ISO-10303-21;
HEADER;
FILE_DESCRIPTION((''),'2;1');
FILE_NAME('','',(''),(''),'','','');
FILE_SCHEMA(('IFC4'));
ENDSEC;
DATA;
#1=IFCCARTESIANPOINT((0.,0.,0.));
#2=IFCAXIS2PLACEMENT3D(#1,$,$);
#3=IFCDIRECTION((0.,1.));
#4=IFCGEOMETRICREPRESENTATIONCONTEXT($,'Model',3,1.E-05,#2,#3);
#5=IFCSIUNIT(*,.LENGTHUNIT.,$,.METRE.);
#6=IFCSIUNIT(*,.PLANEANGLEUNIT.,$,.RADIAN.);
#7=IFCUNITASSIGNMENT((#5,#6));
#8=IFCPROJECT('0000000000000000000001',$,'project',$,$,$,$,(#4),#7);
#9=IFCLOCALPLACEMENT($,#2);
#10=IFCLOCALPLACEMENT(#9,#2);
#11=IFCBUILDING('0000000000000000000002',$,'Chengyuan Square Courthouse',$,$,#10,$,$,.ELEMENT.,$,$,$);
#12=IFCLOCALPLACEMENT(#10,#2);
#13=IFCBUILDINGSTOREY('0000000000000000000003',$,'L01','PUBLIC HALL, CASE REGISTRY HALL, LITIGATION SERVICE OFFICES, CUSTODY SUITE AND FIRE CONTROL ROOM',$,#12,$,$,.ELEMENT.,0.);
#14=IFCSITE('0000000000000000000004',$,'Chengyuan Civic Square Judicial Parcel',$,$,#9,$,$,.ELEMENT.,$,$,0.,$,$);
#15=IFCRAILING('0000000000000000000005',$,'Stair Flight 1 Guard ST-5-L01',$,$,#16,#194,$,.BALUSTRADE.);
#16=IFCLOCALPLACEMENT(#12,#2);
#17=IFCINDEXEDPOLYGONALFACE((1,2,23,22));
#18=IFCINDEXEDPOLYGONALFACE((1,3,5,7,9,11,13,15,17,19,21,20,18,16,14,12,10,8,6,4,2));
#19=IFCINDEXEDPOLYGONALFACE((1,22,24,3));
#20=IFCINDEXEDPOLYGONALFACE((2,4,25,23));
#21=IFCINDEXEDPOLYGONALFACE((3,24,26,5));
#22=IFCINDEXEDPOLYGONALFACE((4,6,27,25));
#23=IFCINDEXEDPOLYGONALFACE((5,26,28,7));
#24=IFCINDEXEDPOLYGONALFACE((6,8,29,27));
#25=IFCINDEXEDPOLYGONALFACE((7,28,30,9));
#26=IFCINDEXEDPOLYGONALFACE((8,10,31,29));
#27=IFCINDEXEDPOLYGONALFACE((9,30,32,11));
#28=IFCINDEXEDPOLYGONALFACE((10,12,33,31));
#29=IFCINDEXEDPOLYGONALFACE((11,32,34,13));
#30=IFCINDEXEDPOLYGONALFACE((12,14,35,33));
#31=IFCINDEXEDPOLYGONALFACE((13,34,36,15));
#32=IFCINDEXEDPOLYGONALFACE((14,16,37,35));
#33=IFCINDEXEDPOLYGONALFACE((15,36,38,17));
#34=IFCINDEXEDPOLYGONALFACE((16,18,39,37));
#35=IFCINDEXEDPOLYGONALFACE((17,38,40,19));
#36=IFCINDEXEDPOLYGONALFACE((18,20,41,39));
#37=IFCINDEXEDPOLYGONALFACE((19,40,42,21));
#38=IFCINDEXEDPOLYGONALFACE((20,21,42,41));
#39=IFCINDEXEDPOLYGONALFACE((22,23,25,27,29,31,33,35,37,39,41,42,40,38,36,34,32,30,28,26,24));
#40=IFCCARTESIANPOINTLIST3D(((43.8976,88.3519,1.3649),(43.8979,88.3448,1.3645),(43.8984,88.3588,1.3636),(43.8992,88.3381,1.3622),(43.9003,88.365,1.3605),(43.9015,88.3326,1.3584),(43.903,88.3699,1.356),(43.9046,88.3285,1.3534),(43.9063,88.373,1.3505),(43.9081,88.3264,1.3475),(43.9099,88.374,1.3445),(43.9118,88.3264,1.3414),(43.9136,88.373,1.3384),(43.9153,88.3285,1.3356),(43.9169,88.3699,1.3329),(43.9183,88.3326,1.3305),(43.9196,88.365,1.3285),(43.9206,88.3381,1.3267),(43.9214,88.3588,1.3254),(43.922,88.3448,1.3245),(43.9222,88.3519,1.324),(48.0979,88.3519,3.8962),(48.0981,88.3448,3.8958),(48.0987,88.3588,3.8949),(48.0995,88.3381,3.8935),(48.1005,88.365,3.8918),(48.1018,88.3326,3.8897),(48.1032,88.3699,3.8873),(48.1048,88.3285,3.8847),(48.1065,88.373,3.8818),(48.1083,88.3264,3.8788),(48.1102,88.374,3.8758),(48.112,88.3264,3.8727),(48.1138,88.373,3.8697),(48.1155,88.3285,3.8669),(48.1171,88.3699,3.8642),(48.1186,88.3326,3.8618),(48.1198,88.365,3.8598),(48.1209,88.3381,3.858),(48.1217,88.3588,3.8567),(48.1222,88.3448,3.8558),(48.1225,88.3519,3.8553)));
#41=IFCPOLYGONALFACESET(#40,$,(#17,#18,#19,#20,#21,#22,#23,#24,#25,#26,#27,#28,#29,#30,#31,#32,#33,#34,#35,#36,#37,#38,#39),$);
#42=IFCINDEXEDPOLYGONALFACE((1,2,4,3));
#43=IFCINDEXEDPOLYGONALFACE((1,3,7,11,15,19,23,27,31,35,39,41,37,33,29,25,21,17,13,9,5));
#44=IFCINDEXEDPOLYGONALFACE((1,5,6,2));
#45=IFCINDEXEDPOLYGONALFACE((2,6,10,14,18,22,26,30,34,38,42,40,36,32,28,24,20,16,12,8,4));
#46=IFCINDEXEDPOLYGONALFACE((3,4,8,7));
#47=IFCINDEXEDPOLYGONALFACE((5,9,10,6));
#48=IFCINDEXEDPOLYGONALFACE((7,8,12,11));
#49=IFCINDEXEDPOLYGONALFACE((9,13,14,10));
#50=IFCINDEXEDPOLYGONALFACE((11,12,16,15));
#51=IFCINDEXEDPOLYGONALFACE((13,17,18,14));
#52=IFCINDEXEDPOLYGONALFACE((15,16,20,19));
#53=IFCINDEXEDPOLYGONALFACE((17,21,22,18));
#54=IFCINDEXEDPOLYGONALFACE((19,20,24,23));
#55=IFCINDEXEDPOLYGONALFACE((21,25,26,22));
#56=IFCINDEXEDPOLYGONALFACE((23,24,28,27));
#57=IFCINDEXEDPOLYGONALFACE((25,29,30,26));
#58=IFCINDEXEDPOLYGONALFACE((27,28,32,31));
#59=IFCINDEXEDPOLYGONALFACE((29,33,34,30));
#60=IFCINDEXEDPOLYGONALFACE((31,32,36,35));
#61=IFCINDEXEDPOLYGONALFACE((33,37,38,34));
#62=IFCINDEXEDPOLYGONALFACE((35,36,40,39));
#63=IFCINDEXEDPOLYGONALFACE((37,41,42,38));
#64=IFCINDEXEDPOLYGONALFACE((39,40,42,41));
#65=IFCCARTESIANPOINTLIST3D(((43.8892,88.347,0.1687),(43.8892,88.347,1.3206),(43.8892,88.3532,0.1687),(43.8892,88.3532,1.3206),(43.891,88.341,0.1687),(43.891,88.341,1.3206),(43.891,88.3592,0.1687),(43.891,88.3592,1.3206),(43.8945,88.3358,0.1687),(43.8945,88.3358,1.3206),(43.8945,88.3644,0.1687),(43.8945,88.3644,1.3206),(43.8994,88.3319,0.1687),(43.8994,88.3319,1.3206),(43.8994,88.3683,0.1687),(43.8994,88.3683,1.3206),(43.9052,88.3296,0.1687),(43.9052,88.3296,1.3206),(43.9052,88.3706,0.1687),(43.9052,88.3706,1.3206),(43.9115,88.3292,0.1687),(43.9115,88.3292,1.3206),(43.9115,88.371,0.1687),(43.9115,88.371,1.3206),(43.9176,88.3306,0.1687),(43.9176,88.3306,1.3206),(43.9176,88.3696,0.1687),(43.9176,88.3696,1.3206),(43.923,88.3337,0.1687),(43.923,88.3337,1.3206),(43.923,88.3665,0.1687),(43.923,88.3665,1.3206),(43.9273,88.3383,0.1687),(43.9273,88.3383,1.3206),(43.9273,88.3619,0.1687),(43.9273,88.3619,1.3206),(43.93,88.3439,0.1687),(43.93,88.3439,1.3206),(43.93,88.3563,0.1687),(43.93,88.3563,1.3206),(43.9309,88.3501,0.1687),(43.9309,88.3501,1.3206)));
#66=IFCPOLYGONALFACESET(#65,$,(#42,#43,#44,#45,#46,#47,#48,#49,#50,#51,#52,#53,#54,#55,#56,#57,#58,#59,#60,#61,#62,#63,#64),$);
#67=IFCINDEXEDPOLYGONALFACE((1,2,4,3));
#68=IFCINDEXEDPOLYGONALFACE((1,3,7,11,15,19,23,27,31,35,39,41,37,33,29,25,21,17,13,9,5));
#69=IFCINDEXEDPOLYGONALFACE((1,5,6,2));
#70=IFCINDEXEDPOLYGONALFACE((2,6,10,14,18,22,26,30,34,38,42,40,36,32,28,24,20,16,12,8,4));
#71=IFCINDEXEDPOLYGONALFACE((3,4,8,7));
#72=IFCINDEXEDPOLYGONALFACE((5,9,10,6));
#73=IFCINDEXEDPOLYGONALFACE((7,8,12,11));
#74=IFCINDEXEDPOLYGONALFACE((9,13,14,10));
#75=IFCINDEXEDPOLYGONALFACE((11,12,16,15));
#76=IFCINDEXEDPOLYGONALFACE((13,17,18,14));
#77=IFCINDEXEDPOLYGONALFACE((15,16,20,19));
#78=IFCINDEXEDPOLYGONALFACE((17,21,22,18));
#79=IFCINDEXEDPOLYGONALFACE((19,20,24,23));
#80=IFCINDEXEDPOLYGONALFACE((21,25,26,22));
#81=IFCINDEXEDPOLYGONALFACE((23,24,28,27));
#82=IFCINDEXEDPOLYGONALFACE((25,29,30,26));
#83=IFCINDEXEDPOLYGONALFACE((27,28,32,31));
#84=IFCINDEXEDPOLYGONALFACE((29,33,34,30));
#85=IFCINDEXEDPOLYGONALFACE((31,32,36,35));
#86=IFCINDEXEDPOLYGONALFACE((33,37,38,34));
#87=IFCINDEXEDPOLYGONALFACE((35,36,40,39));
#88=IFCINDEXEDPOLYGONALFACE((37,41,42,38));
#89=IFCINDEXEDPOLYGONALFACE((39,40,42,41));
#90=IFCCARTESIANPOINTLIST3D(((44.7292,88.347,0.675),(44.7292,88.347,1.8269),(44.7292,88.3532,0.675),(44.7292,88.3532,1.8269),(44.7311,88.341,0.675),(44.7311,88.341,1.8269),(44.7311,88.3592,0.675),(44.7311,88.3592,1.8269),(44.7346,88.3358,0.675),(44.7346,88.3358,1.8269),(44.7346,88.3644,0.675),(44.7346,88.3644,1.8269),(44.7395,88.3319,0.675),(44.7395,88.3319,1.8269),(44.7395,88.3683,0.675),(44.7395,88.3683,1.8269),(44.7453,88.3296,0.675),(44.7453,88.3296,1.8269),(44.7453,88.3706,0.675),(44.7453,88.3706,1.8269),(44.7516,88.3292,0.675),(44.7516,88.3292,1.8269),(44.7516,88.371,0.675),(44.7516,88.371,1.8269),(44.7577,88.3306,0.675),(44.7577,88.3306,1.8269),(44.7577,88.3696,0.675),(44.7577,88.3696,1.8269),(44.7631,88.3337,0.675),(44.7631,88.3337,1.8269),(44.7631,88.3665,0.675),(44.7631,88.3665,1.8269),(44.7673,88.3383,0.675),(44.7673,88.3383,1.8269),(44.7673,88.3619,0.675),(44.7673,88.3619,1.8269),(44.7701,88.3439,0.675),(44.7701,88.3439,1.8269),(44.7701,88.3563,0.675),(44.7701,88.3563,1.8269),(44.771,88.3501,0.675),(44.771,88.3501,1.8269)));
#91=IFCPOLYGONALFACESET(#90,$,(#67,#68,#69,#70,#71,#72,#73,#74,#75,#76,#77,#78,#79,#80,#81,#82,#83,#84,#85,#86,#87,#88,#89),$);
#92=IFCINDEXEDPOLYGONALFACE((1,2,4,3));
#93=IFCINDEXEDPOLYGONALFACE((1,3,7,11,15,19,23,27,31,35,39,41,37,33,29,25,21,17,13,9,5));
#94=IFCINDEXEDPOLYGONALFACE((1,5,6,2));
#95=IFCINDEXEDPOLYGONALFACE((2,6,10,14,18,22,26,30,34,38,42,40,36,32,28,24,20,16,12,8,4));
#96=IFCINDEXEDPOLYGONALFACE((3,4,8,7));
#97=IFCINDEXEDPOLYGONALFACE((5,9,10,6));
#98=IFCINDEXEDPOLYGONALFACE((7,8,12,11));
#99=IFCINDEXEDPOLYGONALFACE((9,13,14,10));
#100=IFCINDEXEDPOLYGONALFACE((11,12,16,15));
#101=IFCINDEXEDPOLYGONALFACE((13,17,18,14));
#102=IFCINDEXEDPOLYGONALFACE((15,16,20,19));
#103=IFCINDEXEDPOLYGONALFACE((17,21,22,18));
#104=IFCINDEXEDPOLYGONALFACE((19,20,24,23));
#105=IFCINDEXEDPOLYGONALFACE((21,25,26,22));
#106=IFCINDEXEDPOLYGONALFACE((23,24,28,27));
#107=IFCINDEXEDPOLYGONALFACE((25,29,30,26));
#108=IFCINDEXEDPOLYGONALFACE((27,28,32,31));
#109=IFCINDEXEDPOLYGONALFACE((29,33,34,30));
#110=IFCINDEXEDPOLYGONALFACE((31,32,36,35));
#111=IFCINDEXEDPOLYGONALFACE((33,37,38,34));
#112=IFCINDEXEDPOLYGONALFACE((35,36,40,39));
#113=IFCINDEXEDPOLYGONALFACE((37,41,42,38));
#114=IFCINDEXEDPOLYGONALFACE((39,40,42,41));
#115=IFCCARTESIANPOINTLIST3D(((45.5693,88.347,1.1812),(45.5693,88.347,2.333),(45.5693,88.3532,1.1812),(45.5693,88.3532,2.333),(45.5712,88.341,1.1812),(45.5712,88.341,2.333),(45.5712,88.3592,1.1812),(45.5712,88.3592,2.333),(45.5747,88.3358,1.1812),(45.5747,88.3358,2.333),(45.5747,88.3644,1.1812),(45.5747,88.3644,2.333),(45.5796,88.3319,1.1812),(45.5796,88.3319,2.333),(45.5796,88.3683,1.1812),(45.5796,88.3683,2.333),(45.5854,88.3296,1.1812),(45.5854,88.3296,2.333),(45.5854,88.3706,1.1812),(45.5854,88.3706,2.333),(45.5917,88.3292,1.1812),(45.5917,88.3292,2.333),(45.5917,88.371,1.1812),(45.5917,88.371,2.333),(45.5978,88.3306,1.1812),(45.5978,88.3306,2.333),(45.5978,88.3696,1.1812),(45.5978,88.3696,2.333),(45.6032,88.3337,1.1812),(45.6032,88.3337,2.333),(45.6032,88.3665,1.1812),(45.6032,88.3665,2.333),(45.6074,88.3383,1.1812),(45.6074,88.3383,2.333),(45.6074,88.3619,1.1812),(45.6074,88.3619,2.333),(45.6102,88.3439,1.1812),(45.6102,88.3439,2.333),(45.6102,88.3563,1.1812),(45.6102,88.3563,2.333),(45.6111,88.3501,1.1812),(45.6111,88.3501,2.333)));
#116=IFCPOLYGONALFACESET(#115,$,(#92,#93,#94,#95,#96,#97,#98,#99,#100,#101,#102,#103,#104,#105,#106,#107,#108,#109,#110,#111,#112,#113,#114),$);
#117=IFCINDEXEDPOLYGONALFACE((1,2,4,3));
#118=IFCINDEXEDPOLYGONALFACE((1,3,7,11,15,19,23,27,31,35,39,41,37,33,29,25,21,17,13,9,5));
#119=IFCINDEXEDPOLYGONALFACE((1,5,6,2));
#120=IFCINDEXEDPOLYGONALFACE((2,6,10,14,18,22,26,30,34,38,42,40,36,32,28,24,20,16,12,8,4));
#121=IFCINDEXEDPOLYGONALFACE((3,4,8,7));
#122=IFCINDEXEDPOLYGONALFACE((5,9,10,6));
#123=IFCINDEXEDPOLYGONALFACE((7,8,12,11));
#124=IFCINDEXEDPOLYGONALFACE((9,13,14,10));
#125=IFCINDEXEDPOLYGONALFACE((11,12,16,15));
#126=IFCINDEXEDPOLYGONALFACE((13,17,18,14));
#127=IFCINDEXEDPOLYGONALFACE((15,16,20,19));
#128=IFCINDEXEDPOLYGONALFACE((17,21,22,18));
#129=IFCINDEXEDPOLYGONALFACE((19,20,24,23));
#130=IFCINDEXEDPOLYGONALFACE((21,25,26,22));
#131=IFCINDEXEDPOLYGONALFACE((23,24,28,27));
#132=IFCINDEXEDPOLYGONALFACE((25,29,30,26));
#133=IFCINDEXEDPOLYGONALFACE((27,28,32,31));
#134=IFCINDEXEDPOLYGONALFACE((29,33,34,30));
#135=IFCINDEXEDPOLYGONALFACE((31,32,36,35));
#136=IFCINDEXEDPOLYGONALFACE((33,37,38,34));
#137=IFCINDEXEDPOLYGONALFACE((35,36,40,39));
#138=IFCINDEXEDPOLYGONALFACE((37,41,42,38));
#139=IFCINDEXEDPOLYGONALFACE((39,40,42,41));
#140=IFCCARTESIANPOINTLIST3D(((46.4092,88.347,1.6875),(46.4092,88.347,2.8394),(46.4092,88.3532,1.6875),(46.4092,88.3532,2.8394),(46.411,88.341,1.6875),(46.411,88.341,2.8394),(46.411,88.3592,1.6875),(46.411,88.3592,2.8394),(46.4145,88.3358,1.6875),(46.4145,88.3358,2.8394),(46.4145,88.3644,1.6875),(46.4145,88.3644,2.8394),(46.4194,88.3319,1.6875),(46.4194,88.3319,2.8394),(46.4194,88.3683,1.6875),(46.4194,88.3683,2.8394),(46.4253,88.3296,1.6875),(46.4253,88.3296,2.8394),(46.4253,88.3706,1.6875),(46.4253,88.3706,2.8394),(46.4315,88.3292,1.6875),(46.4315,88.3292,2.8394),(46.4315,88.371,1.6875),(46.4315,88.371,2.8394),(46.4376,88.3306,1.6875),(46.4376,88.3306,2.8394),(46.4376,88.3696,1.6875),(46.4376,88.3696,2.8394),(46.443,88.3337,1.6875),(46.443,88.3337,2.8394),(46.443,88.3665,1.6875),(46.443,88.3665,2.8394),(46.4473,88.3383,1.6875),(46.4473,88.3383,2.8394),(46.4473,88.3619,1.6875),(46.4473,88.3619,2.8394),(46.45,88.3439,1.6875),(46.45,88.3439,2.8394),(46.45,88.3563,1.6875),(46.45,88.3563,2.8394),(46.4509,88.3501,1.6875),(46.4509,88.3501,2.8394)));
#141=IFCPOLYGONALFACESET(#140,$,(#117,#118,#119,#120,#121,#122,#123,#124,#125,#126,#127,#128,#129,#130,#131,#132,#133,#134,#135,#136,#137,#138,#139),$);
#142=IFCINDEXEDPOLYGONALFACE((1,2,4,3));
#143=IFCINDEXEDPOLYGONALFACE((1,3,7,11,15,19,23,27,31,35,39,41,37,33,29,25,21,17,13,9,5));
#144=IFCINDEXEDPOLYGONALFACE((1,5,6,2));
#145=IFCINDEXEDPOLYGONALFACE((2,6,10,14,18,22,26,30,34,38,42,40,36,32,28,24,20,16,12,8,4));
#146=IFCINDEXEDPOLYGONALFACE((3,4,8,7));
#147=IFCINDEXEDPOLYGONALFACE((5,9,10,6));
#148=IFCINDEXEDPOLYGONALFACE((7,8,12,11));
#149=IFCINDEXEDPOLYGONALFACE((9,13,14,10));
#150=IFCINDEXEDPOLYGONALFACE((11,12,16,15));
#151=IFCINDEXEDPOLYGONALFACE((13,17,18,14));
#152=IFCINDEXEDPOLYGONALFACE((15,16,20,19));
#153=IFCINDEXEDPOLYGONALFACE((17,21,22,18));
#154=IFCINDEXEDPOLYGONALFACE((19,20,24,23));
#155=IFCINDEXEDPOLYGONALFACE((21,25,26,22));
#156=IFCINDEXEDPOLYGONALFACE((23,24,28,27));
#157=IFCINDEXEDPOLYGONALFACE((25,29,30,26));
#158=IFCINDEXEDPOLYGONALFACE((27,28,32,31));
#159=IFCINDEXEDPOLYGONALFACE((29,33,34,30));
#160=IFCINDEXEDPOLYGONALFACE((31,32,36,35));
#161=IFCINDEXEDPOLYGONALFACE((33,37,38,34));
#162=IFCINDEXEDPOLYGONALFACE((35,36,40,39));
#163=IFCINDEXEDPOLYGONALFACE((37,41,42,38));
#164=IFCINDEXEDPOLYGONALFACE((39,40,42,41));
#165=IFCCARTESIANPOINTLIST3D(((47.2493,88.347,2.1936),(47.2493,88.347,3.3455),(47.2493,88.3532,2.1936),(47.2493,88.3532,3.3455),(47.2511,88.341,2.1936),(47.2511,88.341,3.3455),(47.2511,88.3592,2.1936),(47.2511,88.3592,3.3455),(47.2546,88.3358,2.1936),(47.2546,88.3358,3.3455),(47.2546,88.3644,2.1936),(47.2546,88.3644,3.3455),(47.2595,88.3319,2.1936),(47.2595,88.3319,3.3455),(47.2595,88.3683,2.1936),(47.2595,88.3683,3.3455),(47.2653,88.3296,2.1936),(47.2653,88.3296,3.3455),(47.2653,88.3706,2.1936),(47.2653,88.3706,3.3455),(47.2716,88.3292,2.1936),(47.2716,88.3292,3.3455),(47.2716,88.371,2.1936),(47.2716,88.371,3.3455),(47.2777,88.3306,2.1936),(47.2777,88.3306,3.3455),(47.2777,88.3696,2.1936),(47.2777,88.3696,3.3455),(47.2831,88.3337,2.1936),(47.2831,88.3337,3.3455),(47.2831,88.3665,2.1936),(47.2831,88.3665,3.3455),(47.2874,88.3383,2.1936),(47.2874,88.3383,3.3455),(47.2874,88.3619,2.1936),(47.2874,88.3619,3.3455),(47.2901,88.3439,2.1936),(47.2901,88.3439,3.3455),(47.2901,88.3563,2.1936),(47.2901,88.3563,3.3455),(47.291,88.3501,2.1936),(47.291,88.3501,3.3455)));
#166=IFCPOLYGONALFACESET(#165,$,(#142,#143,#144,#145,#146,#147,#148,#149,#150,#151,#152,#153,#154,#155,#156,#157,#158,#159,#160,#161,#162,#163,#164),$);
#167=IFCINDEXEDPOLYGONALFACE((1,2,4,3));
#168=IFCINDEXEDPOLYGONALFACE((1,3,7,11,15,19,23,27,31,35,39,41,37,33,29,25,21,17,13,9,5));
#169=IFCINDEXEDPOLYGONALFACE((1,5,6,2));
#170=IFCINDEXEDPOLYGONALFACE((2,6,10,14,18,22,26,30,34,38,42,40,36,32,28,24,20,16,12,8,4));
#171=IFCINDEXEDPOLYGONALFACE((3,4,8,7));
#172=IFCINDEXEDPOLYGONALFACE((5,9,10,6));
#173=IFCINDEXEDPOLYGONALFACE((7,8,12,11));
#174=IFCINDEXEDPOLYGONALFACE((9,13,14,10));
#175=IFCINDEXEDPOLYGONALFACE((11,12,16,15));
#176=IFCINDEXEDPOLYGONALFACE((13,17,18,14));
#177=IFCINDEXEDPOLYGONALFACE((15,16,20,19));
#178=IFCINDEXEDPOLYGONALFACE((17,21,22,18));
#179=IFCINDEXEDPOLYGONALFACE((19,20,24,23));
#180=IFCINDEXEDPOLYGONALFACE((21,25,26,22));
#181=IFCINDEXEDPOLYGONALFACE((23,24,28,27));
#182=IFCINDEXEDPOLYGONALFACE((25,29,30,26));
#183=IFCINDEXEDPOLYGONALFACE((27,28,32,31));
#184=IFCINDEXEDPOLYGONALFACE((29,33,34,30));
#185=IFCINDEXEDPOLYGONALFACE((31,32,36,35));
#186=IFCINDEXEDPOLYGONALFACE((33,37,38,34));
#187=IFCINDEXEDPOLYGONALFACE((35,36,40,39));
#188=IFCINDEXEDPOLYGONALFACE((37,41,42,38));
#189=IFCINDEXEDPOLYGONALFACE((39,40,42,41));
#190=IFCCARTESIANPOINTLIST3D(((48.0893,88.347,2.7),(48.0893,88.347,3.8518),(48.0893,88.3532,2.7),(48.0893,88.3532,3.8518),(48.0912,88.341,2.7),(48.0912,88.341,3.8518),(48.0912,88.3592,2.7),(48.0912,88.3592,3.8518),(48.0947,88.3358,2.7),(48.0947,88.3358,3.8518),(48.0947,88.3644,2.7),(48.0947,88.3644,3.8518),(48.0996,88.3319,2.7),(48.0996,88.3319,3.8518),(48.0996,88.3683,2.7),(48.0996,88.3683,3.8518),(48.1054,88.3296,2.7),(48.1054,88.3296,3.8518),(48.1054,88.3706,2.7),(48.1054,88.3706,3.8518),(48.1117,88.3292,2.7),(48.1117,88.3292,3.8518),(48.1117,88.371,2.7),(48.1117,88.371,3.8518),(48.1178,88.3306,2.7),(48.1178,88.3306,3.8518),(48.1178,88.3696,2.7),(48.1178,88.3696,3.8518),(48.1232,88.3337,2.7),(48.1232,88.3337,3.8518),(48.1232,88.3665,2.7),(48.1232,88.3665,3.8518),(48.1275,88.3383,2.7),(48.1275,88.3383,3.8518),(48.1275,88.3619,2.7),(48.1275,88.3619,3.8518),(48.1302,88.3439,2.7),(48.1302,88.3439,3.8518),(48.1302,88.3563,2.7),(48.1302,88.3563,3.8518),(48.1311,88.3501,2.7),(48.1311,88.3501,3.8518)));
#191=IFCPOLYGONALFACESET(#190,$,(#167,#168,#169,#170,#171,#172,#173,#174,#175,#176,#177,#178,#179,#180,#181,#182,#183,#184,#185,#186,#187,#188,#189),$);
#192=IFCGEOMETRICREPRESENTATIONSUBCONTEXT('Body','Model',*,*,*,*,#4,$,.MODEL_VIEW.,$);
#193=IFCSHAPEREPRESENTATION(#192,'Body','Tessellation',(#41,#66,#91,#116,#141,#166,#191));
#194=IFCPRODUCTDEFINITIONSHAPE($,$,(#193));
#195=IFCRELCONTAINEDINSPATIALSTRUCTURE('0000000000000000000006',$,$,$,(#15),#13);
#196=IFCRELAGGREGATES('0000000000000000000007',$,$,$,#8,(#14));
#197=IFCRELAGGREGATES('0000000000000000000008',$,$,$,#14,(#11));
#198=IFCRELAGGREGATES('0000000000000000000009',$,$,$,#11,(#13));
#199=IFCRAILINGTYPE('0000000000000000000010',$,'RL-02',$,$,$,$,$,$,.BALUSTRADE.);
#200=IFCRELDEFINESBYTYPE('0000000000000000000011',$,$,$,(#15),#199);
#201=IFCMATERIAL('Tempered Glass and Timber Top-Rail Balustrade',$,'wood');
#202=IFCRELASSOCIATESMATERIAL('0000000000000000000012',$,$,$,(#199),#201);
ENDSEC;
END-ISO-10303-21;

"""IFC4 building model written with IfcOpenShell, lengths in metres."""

from ifc_helpers import new_model, si_unit, direction, frame, origin, origin_2d, place, context, subcontext, project, spatial, circle, extrude, material, type_object, element, save


model = new_model("IFC4")

# Units and contexts
model_context = context("Model", 3, precision=1e-05, world=origin(), true_north=direction((0.0, 1.0)))
body_context = subcontext(model_context, "Body", "Model", "MODEL_VIEW")
ifc_project = project(units=[si_unit("LENGTHUNIT", "METRE"), si_unit("PLANEANGLEUNIT", "RADIAN")], contexts=[model_context])

# Site, building, storey
site_placement = place(None, origin())
site = spatial("IfcSite", under=ifc_project, at=site_placement, Name="Chengyuan Civic Square Judicial Parcel", CompositionType="ELEMENT", RefElevation=0.0)
building_placement = place(site_placement, origin())
building = spatial("IfcBuilding", under=site, at=building_placement, Name="Chengyuan Square Courthouse", CompositionType="ELEMENT")
storey_placement = place(building_placement, origin())
storey = spatial("IfcBuildingStorey", under=building, at=storey_placement, Name="L01", Description="PUBLIC HALL, CASE REGISTRY HALL, LITIGATION SERVICE OFFICES, CUSTODY SUITE AND FIRE CONTROL ROOM", CompositionType="ELEMENT", Elevation=0.0)

# Railing
ifc_material_1 = material(Name="Tempered Glass and Timber Top-Rail Balustrade", Category="wood")
railing_type_1 = type_object("IfcRailingType", Name="RL-02", PredefinedType="BALUSTRADE", material=ifc_material_1)
railing_1_placement = place(storey_placement, frame((43.9099, 88.3501, 0.1687)))
element("IfcRailing", 1, at=railing_1_placement, inside=storey, type_object=railing_type_1, Name="Stair Flight 1 Guard ST-5-L01", PredefinedType="BALUSTRADE", context=body_context, shape_type="SweptSolid", body=[
    extrude(circle(Radius=0.0239, at=origin_2d()), frame((0.0, 0.0, 1.1758), z_axis=(0.85649, 0.0, 0.516164), x_axis=(0.0, 1.0, 0.0)), (0.0, 0.0, 1.0), 4.9041),
    extrude(circle(Radius=0.021, at=origin_2d()), origin(), (0.0, 0.0, 1.0), 1.1519),
    extrude(circle(Radius=0.021, at=origin_2d()), frame((0.8401, 0.0, 0.5063)), (0.0, 0.0, 1.0), 1.1519),
    extrude(circle(Radius=0.021, at=origin_2d()), frame((1.6802, 0.0, 1.0125)), (0.0, 0.0, 1.0), 1.1519),
    extrude(circle(Radius=0.021, at=origin_2d()), frame((2.52, 0.0, 1.5188)), (0.0, 0.0, 1.0), 1.1519),
    extrude(circle(Radius=0.021, at=origin_2d()), frame((3.3601, 0.0, 2.0249)), (0.0, 0.0, 1.0), 1.1519),
    extrude(circle(Radius=0.021, at=origin_2d()), frame((4.2002, 0.0, 2.5312)), (0.0, 0.0, 1.0), 1.1519),
])

save(model, "model.ifc")
